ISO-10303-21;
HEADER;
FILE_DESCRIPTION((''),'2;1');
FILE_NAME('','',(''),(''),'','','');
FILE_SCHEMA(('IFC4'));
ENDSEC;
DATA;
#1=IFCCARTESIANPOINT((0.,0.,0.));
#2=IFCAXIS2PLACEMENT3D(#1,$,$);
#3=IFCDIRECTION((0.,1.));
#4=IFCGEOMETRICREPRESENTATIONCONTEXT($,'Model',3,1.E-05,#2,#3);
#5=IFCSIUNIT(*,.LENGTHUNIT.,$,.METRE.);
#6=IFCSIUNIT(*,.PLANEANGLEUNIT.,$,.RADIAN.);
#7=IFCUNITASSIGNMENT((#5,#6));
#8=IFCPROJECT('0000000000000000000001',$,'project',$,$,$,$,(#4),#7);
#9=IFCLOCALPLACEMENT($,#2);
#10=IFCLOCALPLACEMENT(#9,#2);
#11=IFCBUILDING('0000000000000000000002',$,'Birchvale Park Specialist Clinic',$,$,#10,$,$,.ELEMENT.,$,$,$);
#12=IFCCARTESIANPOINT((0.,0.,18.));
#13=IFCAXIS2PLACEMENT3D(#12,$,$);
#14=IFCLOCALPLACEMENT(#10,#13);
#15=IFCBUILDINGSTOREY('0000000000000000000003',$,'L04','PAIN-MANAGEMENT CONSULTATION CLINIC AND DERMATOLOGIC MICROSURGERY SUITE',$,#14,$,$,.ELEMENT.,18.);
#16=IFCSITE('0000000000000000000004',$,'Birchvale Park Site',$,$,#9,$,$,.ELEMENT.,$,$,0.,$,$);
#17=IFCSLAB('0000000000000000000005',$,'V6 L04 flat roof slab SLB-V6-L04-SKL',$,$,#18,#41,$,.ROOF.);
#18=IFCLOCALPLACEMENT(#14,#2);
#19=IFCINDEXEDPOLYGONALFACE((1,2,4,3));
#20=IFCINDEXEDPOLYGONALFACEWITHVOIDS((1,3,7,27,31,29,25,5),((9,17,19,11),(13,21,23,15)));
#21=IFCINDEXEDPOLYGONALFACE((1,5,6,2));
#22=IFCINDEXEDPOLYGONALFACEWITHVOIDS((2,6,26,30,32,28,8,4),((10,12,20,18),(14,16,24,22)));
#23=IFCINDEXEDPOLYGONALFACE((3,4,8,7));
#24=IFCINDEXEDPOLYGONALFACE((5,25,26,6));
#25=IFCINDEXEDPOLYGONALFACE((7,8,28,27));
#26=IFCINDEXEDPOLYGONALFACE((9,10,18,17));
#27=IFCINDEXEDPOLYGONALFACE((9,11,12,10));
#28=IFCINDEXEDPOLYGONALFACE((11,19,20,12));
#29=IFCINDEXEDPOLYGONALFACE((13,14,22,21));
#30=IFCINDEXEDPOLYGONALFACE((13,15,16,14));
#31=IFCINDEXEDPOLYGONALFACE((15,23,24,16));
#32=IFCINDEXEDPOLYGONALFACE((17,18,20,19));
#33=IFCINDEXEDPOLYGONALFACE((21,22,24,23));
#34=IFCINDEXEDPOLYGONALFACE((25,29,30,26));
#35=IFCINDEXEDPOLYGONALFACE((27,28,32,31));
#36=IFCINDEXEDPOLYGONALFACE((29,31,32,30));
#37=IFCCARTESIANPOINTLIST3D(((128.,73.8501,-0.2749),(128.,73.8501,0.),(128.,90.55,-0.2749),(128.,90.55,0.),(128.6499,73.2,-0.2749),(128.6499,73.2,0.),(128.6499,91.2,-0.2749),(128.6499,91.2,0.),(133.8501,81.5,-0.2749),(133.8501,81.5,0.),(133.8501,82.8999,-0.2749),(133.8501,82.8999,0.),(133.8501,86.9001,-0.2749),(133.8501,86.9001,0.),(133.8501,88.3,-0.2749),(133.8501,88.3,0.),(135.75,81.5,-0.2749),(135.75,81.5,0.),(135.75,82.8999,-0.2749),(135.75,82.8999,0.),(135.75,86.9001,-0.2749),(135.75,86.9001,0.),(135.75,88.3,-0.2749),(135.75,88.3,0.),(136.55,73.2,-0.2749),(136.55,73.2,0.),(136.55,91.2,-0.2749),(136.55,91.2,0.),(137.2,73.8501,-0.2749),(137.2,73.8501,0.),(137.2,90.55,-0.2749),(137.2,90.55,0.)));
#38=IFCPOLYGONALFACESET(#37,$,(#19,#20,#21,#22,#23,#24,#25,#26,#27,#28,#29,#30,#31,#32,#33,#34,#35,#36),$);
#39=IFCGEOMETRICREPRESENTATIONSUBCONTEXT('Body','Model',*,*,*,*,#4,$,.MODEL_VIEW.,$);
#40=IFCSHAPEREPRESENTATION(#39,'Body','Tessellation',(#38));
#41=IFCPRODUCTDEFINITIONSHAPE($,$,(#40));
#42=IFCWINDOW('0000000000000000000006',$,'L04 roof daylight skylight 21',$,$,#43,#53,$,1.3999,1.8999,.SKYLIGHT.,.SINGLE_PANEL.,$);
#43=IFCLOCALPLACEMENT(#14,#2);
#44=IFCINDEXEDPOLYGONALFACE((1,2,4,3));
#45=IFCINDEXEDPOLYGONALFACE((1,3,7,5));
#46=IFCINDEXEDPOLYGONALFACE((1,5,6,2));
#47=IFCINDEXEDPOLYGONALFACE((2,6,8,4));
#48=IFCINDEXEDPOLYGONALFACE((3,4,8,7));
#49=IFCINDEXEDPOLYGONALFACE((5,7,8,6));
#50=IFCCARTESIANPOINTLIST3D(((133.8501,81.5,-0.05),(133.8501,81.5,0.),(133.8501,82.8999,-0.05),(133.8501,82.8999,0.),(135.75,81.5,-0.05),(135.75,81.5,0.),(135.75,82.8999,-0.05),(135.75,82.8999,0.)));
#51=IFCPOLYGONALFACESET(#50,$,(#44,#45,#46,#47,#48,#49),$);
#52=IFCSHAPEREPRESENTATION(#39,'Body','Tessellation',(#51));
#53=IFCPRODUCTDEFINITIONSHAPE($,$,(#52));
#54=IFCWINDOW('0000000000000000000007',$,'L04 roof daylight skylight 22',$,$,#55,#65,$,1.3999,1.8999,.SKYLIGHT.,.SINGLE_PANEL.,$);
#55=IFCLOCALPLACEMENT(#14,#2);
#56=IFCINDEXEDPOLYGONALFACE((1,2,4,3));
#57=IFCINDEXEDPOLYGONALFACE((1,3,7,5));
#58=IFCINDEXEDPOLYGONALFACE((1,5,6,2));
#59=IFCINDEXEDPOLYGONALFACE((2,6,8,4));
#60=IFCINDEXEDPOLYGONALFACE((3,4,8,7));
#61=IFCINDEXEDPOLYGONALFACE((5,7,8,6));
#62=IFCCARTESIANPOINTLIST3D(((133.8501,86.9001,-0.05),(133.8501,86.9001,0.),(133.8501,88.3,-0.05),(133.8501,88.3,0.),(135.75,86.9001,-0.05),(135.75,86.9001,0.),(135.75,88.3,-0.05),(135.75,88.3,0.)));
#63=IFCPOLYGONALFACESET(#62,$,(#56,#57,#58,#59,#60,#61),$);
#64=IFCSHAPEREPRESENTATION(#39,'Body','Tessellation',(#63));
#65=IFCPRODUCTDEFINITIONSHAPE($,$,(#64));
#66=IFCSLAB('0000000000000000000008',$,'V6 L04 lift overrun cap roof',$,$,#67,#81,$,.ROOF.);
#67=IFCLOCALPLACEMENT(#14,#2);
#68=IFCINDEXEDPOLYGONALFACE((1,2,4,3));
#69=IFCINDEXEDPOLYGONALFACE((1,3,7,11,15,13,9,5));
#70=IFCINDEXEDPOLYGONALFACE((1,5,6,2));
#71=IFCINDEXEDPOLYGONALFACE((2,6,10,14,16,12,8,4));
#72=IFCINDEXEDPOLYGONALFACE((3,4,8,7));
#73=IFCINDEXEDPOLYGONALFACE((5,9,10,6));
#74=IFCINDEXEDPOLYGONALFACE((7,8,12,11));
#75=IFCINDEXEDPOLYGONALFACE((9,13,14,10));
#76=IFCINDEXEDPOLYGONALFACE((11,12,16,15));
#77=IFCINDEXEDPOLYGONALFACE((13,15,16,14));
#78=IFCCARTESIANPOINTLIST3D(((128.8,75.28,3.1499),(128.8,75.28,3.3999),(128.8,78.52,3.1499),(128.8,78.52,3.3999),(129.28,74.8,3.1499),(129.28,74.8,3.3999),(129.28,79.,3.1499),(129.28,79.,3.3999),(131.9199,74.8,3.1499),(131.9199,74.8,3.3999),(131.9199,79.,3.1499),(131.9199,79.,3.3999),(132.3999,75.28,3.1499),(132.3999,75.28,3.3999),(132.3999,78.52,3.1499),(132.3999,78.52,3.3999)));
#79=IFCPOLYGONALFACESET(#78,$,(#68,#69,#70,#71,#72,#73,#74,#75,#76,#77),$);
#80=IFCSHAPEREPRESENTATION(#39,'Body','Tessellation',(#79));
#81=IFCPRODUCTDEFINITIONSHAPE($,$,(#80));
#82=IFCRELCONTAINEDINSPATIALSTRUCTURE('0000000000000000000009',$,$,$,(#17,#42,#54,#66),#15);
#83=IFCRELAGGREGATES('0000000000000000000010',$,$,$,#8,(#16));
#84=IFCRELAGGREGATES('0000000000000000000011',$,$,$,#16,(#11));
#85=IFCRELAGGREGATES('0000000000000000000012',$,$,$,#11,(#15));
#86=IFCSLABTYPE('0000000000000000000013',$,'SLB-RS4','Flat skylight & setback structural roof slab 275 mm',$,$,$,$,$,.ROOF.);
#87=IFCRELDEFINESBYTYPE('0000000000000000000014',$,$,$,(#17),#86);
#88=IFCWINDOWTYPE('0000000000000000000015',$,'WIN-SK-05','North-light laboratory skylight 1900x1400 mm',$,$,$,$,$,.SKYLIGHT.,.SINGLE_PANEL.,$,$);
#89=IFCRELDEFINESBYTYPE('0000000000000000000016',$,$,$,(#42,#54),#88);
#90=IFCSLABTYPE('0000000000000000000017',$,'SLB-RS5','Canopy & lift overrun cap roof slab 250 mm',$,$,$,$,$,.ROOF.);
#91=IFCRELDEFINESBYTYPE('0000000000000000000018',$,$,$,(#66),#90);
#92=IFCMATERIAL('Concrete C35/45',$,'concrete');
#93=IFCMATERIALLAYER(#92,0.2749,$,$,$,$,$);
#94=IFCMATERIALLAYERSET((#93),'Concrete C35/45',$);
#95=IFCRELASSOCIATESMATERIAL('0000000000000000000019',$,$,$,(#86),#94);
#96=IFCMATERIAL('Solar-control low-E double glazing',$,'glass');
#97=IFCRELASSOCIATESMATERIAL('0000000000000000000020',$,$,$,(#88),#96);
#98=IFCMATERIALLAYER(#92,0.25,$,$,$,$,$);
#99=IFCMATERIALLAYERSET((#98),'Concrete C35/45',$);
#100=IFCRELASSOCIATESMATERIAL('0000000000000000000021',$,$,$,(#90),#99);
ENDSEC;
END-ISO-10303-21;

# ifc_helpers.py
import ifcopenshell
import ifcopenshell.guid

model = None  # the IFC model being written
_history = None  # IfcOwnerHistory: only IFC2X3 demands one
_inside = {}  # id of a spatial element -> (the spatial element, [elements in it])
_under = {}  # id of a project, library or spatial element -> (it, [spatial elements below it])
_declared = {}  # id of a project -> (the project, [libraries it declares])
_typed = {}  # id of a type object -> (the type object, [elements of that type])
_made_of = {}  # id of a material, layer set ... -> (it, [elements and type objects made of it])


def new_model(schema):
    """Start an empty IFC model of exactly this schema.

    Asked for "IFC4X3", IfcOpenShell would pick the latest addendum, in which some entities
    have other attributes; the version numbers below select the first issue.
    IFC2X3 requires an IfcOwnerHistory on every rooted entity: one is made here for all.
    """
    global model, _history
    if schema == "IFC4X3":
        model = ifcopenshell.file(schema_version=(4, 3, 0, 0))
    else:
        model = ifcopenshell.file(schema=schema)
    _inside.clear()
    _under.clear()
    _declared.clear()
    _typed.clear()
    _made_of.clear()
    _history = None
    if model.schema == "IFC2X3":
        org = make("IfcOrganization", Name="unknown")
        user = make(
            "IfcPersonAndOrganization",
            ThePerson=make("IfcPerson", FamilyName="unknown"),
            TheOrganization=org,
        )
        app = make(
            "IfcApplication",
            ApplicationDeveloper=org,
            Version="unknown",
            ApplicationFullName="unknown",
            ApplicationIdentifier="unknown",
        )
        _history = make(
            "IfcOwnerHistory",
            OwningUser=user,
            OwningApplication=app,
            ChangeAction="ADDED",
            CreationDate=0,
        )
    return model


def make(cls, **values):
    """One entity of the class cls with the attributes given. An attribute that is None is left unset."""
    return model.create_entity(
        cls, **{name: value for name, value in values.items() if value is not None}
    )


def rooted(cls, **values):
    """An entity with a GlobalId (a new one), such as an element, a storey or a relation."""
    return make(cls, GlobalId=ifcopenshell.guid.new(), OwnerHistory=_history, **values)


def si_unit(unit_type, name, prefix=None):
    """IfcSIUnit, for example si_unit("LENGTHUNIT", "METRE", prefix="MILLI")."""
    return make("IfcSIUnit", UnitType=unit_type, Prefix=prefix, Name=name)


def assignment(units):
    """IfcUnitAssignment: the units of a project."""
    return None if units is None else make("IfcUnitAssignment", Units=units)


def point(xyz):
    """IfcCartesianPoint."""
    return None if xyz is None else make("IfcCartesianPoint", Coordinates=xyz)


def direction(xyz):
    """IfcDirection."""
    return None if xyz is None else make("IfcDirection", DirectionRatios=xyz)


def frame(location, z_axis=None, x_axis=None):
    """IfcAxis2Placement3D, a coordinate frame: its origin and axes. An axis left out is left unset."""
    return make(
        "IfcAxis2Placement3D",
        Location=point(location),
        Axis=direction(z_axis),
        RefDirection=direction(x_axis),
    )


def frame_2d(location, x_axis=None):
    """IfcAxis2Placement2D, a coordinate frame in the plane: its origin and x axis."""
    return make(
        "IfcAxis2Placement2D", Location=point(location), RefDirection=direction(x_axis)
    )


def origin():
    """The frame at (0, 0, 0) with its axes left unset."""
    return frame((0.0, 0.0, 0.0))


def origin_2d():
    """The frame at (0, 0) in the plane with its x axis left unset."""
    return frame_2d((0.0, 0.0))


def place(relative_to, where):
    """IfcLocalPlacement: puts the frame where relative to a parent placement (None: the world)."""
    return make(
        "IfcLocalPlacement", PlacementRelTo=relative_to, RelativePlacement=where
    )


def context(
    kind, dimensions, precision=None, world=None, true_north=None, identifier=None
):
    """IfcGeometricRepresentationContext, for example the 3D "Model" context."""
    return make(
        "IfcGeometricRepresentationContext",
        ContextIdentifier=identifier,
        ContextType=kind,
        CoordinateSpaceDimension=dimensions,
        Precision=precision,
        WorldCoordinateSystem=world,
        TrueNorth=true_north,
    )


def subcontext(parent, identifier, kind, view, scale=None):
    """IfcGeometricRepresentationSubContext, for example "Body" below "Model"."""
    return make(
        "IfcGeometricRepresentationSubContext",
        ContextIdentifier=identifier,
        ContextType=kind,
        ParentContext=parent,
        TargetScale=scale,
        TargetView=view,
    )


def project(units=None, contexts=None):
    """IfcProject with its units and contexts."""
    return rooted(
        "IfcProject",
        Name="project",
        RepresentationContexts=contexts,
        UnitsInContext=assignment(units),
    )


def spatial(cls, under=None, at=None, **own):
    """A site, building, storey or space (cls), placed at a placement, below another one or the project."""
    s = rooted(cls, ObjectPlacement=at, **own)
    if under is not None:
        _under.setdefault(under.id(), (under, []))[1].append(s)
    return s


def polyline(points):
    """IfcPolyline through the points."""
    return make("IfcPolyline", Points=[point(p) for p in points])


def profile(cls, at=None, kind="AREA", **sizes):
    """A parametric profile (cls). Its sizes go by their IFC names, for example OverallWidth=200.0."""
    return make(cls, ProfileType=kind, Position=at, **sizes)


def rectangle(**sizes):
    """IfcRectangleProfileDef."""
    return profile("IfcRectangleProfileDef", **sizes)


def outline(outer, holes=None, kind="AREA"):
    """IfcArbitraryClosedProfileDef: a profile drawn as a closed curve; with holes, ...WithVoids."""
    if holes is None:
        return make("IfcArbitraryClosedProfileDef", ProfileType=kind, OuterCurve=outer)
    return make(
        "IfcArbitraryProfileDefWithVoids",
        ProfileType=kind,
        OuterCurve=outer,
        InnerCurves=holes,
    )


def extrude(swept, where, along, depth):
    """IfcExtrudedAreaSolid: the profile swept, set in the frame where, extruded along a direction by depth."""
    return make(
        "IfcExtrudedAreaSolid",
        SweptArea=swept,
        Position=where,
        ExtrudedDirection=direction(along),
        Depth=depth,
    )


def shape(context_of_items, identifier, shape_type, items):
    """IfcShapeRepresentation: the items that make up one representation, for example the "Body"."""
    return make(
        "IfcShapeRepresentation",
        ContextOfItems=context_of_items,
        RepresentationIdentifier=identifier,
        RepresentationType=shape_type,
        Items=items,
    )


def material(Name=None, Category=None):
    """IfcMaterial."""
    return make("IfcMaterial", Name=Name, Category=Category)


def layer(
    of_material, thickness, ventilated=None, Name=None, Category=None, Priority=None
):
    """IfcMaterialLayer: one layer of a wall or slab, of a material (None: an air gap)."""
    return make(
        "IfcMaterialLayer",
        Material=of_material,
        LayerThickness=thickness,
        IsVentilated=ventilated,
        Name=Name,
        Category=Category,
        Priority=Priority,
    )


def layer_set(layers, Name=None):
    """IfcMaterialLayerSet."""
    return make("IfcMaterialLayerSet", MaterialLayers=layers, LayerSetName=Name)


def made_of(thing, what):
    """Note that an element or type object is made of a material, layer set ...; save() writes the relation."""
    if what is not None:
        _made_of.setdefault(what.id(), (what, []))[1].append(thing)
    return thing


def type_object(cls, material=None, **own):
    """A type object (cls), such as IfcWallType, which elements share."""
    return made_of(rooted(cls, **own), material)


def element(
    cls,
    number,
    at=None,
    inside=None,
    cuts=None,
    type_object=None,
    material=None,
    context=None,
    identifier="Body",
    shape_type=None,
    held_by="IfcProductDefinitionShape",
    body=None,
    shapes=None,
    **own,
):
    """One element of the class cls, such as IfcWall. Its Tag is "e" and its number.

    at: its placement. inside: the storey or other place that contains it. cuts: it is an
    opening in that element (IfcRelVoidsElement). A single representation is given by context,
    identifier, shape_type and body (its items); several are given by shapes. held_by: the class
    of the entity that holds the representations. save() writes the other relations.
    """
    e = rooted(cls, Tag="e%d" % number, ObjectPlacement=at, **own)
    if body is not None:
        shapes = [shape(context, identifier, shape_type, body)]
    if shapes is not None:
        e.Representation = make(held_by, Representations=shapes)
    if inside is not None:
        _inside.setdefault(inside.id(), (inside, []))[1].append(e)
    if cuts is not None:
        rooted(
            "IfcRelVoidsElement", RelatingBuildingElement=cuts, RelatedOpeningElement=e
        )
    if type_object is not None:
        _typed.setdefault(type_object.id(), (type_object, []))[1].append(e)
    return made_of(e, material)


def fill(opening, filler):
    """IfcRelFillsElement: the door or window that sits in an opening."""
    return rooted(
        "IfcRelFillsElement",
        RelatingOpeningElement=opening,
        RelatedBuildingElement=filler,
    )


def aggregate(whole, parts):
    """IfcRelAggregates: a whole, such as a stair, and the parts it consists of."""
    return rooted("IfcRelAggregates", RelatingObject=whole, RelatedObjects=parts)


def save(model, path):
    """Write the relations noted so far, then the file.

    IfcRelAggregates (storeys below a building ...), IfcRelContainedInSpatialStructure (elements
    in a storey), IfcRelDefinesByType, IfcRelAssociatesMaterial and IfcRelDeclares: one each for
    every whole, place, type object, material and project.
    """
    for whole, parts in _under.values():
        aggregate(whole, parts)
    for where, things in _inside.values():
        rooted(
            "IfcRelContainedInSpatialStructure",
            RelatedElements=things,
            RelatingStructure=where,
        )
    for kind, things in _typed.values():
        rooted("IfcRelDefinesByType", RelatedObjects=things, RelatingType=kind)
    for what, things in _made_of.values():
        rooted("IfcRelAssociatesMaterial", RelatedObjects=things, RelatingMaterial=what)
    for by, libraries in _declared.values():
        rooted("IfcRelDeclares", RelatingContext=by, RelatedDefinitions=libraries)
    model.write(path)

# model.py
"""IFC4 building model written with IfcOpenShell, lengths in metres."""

from ifc_helpers import new_model, si_unit, direction, frame, origin, origin_2d, place, context, subcontext, project, spatial, polyline, rectangle, outline, extrude, material, layer, layer_set, type_object, element, fill, save


model = new_model("IFC4")

# Units and contexts
model_context = context("Model", 3, precision=1e-05, world=origin(), true_north=direction((0.0, 1.0)))
body_context = subcontext(model_context, "Body", "Model", "MODEL_VIEW")
ifc_project = project(units=[si_unit("LENGTHUNIT", "METRE"), si_unit("PLANEANGLEUNIT", "RADIAN")], contexts=[model_context])

# Site, building, storey
site_placement = place(None, origin())
site = spatial("IfcSite", under=ifc_project, at=site_placement, Name="Birchvale Park Site", CompositionType="ELEMENT", RefElevation=0.0)
building_placement = place(site_placement, origin())
building = spatial("IfcBuilding", under=site, at=building_placement, Name="Birchvale Park Specialist Clinic", CompositionType="ELEMENT")
storey_placement = place(building_placement, frame((0.0, 0.0, 18.0)))
storey = spatial("IfcBuildingStorey", under=building, at=storey_placement, Name="L04", Description="PAIN-MANAGEMENT CONSULTATION CLINIC AND DERMATOLOGIC MICROSURGERY SUITE", CompositionType="ELEMENT", Elevation=18.0)

# Shared definitions
ifc_material_1 = material(Name="Solar-control low-E double glazing", Category="glass")

# Shared definitions
ifc_material_2 = material(Name="Concrete C35/45", Category="concrete")

# Shared definitions
ifc_layer_1 = layer(ifc_material_2, 0.2749)
ifc_layer_set_1 = layer_set([ifc_layer_1], Name="Concrete C35/45")
slab_type_1 = type_object("IfcSlabType", Name="SLB-RS4", Description="Flat skylight & setback structural roof slab 275 mm", PredefinedType="ROOF", material=ifc_layer_set_1)

# Slab, openings, windows
slab_1_placement = place(storey_placement, frame((0.0, 0.0, -0.2749)))
slab_1 = element("IfcSlab", 1, at=slab_1_placement, inside=storey, type_object=slab_type_1, Name="V6 L04 flat roof slab SLB-V6-L04-SKL", PredefinedType="ROOF", context=body_context, shape_type="SweptSolid", body=[
    extrude(outline(polyline([(128.6499, 73.2), (136.55, 73.2), (137.2, 73.8501), (137.2, 90.55), (136.55, 91.2), (128.6499, 91.2), (128.0, 90.55), (128.0, 73.8501), (128.6499, 73.2)])), origin(), (0.0, 0.0, 1.0), 0.2749),
])
opening_1_placement = place(slab_1_placement, frame((134.8, 82.2, 0.0)))
opening_1 = element("IfcOpeningElement", 2, at=opening_1_placement, cuts=slab_1, PredefinedType="OPENING", context=body_context, shape_type="SweptSolid", body=[
    extrude(rectangle(XDim=1.8999, YDim=1.3999, at=origin_2d()), frame((0.0, 0.0, -0.01)), (0.0, 0.0, 1.0), 0.2949),
])
opening_2_placement = place(slab_1_placement, frame((134.8, 87.6001, 0.0)))
opening_2 = element("IfcOpeningElement", 3, at=opening_2_placement, cuts=slab_1, PredefinedType="OPENING", context=body_context, shape_type="SweptSolid", body=[
    extrude(rectangle(XDim=1.8999, YDim=1.3999, at=origin_2d()), frame((0.0, 0.0, -0.01)), (0.0, 0.0, 1.0), 0.2949),
])
window_type_1 = type_object("IfcWindowType", Name="WIN-SK-05", Description="North-light laboratory skylight 1900x1400 mm", PartitioningType="SINGLE_PANEL", PredefinedType="SKYLIGHT", material=ifc_material_1)
window_1_placement = place(opening_1_placement, frame((0.0, 0.0, 0.2249)))
window_1 = element("IfcWindow", 4, at=window_1_placement, inside=storey, type_object=window_type_1, Name="L04 roof daylight skylight 21", OverallHeight=1.3999, OverallWidth=1.8999, PartitioningType="SINGLE_PANEL", PredefinedType="SKYLIGHT", context=body_context, shape_type="SweptSolid", body=[
    extrude(rectangle(XDim=1.8999, YDim=1.3999, at=origin_2d()), origin(), (0.0, 0.0, 1.0), 0.05),
])
fill(opening_1, window_1)
window_2_placement = place(opening_2_placement, frame((0.0, 0.0, 0.2249)))
window_2 = element("IfcWindow", 5, at=window_2_placement, inside=storey, type_object=window_type_1, Name="L04 roof daylight skylight 22", OverallHeight=1.3999, OverallWidth=1.8999, PartitioningType="SINGLE_PANEL", PredefinedType="SKYLIGHT", context=body_context, shape_type="SweptSolid", body=[
    extrude(rectangle(XDim=1.8999, YDim=1.3999, at=origin_2d()), origin(), (0.0, 0.0, 1.0), 0.05),
])
fill(opening_2, window_2)

# Slab
ifc_layer_2 = layer(ifc_material_2, 0.25)
ifc_layer_set_2 = layer_set([ifc_layer_2], Name="Concrete C35/45")
slab_type_2 = type_object("IfcSlabType", Name="SLB-RS5", Description="Canopy & lift overrun cap roof slab 250 mm", PredefinedType="ROOF", material=ifc_layer_set_2)
slab_2_placement = place(storey_placement, frame((0.0, 0.0, 3.1499)))
element("IfcSlab", 6, at=slab_2_placement, inside=storey, type_object=slab_type_2, Name="V6 L04 lift overrun cap roof", PredefinedType="ROOF", context=body_context, shape_type="SweptSolid", body=[
    extrude(outline(polyline([(129.28, 74.8), (131.9199, 74.8), (132.3999, 75.28), (132.3999, 78.52), (131.9199, 79.0), (129.28, 79.0), (128.8, 78.52), (128.8, 75.28), (129.28, 74.8)])), origin(), (0.0, 0.0, 1.0), 0.25),
])

save(model, "model.ifc")
